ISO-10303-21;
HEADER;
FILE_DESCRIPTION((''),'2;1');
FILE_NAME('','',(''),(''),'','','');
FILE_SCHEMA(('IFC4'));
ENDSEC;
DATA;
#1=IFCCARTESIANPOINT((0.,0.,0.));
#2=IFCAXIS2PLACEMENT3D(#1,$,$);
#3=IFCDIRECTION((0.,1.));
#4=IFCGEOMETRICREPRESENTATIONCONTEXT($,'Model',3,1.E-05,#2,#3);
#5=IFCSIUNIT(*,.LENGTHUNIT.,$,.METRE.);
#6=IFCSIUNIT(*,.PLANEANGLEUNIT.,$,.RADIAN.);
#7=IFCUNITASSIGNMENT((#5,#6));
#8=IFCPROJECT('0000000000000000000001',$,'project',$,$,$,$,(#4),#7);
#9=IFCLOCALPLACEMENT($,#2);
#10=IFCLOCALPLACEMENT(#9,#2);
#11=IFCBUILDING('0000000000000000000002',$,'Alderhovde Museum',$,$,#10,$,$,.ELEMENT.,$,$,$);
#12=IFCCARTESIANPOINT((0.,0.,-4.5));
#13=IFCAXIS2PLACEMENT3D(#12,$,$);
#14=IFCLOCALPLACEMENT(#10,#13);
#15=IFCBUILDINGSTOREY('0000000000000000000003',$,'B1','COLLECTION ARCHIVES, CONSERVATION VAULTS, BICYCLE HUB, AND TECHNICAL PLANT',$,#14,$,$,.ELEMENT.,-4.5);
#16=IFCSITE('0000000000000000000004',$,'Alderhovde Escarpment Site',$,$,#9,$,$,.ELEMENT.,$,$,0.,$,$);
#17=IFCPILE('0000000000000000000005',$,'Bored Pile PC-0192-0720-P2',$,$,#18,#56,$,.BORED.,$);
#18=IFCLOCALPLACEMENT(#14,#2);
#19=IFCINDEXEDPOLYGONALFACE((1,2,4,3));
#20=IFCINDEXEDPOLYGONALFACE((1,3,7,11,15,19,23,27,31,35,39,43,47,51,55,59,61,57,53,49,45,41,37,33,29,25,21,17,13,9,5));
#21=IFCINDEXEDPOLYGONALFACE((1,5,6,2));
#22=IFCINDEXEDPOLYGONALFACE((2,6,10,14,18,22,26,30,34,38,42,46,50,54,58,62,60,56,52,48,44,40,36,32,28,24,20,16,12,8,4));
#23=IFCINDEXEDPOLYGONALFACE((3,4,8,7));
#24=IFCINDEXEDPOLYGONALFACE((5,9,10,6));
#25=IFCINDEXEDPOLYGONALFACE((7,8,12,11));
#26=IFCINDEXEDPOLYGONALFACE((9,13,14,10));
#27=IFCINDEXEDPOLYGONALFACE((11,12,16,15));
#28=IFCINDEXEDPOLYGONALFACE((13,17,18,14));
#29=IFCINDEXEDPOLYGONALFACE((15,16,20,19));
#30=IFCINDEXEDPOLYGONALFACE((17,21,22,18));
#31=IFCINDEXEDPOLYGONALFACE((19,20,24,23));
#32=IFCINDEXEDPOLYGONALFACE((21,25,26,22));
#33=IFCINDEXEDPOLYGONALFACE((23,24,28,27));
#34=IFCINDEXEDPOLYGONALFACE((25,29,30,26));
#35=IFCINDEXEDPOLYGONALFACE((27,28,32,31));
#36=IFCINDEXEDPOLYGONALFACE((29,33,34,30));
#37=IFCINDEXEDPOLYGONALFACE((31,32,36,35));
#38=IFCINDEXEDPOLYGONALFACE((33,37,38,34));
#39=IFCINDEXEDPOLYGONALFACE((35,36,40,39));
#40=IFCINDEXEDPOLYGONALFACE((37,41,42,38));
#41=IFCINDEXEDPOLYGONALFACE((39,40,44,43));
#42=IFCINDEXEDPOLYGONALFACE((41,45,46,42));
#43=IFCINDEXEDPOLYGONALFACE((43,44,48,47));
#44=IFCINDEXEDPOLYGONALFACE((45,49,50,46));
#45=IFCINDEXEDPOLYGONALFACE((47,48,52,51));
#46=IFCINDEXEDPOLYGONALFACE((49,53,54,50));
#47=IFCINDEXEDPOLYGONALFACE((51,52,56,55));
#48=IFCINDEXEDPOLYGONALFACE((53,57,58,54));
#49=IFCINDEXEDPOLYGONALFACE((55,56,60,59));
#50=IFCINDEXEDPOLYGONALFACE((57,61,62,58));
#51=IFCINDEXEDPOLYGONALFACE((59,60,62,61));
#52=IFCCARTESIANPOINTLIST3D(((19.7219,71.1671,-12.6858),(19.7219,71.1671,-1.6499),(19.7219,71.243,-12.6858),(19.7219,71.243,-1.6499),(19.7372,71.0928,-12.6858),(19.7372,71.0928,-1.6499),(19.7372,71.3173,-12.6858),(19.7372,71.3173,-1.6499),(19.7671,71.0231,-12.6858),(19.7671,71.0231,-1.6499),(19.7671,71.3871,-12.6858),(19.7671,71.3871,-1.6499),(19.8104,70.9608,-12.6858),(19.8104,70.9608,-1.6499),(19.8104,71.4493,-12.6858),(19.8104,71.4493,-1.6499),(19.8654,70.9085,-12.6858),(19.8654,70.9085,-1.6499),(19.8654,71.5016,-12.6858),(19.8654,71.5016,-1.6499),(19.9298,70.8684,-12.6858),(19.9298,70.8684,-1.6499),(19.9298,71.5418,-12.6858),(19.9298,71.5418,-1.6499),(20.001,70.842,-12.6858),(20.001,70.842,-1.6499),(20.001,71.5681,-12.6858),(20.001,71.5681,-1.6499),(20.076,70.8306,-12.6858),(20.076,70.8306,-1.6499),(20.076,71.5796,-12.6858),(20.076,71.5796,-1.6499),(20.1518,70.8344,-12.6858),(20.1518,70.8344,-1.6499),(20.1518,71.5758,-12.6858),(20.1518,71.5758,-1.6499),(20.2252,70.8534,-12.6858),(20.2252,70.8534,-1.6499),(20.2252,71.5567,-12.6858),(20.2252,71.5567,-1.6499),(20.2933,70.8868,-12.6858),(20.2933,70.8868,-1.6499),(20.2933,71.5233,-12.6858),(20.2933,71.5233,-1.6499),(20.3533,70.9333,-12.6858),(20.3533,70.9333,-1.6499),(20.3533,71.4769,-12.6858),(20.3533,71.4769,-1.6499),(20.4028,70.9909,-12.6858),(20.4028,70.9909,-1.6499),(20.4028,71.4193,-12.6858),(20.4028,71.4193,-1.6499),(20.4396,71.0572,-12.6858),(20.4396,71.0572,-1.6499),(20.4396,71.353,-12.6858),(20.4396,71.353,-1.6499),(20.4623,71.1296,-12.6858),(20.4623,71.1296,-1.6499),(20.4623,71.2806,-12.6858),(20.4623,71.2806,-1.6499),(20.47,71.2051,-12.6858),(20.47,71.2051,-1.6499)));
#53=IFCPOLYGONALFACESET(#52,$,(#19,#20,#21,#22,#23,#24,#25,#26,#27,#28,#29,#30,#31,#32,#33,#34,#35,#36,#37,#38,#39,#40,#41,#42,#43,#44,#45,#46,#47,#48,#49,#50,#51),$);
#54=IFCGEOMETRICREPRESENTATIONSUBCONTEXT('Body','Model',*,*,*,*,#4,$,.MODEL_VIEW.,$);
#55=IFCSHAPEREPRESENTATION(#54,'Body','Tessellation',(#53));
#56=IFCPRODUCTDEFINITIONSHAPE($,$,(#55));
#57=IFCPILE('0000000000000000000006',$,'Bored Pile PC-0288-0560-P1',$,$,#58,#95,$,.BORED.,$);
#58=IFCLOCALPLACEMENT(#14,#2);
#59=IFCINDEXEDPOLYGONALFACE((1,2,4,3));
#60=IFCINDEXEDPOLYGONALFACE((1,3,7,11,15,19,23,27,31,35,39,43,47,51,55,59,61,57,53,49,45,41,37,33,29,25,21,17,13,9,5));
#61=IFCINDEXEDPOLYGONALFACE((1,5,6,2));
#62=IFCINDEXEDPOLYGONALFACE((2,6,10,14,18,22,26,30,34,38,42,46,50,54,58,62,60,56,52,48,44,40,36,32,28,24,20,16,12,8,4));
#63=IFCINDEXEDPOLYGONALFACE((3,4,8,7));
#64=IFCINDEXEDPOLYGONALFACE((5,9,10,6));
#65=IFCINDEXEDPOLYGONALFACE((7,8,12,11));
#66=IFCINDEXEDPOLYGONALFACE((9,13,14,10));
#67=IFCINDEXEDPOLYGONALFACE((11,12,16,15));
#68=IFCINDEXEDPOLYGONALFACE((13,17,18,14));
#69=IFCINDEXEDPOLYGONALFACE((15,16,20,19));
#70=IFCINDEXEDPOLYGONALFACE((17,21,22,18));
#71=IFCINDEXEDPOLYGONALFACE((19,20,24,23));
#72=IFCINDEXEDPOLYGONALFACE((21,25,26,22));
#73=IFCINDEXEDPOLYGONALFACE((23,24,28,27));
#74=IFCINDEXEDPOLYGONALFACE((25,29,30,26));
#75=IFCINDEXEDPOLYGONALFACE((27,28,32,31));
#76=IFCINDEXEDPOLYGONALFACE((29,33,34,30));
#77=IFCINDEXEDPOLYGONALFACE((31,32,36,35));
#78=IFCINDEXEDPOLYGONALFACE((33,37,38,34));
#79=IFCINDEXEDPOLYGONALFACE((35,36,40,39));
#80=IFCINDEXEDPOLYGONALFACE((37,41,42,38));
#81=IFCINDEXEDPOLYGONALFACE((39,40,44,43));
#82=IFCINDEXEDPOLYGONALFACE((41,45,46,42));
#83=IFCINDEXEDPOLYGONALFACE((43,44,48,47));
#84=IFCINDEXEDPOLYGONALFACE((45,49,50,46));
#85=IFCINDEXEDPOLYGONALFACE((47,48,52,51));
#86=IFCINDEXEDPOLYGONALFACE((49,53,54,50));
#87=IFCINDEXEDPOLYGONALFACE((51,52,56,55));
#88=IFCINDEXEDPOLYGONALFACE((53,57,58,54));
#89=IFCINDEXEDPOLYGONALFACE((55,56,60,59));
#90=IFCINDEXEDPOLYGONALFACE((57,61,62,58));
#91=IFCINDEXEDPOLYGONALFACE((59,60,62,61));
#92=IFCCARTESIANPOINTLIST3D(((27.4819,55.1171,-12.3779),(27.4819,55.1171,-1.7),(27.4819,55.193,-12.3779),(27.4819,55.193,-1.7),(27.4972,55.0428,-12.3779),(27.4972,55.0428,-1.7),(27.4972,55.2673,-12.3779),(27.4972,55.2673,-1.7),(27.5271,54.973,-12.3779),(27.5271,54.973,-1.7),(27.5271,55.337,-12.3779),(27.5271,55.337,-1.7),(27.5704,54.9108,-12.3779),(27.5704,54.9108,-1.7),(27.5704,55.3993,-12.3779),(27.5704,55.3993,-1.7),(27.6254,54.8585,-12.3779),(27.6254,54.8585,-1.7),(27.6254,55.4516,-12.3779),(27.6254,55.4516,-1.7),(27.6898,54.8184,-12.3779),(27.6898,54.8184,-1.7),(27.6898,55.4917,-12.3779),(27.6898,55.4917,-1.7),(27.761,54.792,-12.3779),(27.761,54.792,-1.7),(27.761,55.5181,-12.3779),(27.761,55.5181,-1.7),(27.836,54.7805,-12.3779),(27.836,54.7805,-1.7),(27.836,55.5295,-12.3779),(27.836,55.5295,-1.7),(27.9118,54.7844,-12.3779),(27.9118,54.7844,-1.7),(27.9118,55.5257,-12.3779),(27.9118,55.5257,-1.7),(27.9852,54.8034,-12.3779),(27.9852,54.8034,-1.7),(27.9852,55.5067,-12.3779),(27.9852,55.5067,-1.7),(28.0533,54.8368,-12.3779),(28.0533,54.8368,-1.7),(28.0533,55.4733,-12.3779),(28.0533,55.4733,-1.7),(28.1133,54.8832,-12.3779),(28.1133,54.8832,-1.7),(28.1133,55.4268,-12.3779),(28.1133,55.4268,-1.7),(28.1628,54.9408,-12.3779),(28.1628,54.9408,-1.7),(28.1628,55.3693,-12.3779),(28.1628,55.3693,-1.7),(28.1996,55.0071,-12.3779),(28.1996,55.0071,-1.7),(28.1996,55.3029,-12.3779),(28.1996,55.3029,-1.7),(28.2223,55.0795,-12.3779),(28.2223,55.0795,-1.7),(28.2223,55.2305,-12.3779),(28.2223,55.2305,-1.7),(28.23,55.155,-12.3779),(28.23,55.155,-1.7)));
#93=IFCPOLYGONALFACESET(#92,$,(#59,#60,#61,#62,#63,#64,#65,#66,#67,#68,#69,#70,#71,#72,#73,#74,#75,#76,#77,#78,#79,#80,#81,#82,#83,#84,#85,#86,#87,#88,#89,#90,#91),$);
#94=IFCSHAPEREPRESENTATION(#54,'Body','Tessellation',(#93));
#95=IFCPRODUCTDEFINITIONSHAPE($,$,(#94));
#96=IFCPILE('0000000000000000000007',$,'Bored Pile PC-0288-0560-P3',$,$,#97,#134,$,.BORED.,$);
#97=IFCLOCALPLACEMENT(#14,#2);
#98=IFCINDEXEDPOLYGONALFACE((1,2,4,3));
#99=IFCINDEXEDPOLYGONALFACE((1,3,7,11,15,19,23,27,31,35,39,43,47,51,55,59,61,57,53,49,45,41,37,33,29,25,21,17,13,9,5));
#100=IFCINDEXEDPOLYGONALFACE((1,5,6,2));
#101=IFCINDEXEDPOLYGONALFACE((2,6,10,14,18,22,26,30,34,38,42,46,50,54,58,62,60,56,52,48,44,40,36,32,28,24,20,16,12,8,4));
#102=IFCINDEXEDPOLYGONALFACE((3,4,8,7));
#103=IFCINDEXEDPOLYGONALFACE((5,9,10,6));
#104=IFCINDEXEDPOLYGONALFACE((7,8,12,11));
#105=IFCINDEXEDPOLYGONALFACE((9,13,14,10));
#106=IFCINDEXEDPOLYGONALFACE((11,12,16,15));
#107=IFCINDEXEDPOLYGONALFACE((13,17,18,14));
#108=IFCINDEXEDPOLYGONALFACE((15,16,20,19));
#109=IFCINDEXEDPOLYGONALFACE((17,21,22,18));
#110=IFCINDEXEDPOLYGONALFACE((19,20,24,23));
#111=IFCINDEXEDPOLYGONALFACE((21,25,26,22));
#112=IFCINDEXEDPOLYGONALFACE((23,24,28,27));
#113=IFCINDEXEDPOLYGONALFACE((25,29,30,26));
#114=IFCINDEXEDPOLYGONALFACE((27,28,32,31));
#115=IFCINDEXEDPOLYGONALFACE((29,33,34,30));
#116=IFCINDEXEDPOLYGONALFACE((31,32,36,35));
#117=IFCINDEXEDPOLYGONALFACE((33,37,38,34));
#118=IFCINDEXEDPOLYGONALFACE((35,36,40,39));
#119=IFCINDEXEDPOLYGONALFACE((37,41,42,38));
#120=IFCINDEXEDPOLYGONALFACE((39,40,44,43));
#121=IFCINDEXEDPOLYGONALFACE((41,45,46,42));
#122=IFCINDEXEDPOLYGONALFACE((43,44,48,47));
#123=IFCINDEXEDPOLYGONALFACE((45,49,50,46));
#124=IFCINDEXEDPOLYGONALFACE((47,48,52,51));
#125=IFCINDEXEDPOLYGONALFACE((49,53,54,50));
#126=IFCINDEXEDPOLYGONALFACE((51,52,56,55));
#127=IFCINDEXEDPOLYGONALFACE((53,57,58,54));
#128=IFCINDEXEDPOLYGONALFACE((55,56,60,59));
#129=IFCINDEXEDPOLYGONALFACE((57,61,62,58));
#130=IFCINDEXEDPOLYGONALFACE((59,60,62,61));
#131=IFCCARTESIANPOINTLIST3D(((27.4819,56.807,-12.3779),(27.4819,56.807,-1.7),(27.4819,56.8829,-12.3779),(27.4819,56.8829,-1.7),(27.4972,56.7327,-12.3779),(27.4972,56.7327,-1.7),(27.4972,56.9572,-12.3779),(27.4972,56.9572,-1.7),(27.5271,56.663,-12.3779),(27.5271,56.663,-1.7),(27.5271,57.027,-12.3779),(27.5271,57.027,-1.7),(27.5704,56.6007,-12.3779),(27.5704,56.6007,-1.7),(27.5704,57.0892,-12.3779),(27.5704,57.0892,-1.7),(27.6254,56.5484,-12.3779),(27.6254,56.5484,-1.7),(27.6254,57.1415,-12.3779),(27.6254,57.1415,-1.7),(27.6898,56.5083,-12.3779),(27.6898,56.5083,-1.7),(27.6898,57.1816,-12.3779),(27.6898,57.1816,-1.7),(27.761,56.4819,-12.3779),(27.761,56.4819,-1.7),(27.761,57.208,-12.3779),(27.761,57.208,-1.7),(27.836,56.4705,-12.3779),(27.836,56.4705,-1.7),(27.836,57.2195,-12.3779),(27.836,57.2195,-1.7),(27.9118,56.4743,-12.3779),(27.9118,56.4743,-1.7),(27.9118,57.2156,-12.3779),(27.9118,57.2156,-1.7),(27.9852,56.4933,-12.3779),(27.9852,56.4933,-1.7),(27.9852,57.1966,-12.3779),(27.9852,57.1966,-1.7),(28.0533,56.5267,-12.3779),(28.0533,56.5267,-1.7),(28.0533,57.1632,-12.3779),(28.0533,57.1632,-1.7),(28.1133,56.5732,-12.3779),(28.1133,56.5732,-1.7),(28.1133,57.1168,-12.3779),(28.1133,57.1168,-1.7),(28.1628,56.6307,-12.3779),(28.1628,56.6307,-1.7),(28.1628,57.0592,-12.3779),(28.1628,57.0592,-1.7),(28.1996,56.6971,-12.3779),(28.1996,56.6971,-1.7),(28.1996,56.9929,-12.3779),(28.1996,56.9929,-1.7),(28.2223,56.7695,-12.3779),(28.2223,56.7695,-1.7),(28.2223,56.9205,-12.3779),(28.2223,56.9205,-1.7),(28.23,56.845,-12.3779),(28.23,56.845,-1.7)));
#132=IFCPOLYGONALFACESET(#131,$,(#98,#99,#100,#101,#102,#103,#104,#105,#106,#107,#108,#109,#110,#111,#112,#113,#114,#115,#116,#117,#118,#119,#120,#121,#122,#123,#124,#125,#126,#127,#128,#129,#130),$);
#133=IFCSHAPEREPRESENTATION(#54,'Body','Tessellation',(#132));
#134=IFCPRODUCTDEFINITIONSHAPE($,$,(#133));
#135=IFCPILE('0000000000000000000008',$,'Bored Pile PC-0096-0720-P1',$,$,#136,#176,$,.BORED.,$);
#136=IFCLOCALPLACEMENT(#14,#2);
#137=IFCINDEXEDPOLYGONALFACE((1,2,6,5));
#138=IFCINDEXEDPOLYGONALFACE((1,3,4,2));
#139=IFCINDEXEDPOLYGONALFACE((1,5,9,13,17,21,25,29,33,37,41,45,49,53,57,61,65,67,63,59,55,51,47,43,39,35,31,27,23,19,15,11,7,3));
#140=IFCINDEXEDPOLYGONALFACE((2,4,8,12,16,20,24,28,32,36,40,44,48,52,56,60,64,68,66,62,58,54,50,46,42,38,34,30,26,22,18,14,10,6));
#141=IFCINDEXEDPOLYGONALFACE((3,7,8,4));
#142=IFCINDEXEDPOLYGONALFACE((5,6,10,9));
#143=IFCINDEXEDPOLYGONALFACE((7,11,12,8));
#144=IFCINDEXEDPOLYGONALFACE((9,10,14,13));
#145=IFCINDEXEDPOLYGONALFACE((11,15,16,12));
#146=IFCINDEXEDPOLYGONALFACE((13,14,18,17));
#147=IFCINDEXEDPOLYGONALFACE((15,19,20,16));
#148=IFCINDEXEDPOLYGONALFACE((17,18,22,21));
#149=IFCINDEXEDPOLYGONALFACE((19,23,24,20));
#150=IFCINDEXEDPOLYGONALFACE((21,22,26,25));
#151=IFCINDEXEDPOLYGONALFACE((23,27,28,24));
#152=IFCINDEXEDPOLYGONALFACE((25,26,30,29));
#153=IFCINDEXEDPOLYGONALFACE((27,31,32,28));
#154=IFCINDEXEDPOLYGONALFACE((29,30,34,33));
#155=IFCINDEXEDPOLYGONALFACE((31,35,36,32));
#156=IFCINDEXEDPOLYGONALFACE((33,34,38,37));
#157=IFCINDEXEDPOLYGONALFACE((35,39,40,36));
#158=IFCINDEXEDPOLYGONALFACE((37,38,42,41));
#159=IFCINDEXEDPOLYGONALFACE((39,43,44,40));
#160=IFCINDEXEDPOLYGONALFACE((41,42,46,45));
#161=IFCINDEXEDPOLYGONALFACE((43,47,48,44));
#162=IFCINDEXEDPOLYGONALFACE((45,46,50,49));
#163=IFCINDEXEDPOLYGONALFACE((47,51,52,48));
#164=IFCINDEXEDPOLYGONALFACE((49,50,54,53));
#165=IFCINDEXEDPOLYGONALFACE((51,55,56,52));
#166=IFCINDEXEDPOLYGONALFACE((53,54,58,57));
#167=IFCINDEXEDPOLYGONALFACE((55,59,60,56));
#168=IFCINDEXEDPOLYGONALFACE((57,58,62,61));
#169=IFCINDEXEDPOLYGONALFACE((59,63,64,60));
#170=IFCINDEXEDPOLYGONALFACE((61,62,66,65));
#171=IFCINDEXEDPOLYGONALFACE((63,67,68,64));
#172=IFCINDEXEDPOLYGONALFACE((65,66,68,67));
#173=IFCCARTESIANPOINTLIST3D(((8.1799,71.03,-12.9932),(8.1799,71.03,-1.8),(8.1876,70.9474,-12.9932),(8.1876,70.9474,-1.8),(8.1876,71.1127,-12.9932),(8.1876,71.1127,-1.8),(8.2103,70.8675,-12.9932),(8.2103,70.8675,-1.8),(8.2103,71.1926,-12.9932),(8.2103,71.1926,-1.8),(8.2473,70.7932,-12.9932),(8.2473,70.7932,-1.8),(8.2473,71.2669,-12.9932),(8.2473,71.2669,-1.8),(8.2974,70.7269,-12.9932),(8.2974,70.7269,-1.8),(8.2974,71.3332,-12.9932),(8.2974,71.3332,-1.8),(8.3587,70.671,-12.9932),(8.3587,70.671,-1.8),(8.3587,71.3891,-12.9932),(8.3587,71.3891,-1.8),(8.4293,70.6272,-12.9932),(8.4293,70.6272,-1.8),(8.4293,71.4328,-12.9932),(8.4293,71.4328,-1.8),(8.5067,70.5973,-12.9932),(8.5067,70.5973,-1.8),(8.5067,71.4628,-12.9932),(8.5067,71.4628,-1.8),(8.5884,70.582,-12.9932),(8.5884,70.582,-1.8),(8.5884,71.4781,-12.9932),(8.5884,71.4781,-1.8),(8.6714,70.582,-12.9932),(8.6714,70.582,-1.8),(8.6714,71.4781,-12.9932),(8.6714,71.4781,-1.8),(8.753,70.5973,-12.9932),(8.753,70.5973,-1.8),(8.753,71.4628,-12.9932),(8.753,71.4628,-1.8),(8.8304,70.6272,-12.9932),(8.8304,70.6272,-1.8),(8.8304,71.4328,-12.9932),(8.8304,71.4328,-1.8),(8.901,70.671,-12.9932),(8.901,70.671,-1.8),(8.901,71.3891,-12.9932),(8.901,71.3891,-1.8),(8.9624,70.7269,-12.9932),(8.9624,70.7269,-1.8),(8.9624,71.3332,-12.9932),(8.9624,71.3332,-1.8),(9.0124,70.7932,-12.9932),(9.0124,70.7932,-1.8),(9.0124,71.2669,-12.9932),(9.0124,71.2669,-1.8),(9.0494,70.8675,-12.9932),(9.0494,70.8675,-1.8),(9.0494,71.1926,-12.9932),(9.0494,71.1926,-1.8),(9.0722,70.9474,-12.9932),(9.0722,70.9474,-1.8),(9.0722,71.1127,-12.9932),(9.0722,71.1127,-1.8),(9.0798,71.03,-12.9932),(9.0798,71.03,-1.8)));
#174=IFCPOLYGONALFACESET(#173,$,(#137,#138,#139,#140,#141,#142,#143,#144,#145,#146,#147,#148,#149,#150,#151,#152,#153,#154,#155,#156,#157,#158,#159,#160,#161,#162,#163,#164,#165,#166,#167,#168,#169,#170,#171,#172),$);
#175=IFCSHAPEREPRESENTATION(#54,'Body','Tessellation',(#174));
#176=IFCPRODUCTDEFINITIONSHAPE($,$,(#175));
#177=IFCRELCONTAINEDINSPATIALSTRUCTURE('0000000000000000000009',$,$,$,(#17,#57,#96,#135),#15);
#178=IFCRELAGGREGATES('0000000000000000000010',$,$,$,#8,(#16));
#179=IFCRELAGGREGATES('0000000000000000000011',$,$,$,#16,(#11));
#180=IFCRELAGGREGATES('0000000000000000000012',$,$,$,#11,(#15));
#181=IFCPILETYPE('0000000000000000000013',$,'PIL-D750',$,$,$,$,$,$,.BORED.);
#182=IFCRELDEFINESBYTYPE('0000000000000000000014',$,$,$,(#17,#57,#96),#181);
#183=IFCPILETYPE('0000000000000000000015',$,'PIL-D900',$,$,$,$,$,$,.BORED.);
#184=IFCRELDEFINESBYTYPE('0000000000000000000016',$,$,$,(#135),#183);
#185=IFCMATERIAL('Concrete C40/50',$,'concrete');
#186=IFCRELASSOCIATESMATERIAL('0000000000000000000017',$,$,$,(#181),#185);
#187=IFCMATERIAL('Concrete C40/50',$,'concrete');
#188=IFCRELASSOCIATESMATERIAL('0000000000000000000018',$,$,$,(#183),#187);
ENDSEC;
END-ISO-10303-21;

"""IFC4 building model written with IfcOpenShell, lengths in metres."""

from ifc_helpers import new_model, si_unit, direction, frame, origin, origin_2d, place, context, subcontext, project, spatial, circle, extrude, material, material_profile, profile_set, type_object, element, save


model = new_model("IFC4")

# Units and contexts
model_context = context("Model", 3, precision=1e-05, world=origin(), true_north=direction((0.0, 1.0)))
body_context = subcontext(model_context, "Body", "Model", "MODEL_VIEW")
ifc_project = project(units=[si_unit("LENGTHUNIT", "METRE"), si_unit("PLANEANGLEUNIT", "RADIAN")], contexts=[model_context])

# Site, building, storey
site_placement = place(None, origin())
site = spatial("IfcSite", under=ifc_project, at=site_placement, Name="Alderhovde Escarpment Site", CompositionType="ELEMENT", RefElevation=0.0)
building_placement = place(site_placement, origin())
building = spatial("IfcBuilding", under=site, at=building_placement, Name="Alderhovde Museum", CompositionType="ELEMENT")
storey_placement = place(building_placement, frame((0.0, 0.0, -4.5)))
storey = spatial("IfcBuildingStorey", under=building, at=storey_placement, Name="B1", Description="COLLECTION ARCHIVES, CONSERVATION VAULTS, BICYCLE HUB, AND TECHNICAL PLANT", CompositionType="ELEMENT", Elevation=-4.5)

# Piles
ifc_material_1 = material(Name="Concrete C40/50", Category="concrete")
ifc_material_profile_1 = material_profile(ifc_material_1, circle(Radius=0.375, at=origin_2d()), Name="PILE-D750")
ifc_profile_set_1 = profile_set([ifc_material_profile_1], Name="Concrete C40/50")
pile_type_1 = type_object("IfcPileType", Name="PIL-D750", PredefinedType="BORED", material=ifc_profile_set_1)
for number, where, z_axis, x_axis, name in (
    (1, (20.095, 71.2051, -1.6499), (0.0, 0.0, -1.0), (1.0, 0.0, 0.0), "Bored Pile PC-0192-0720-P2"),
):
    element("IfcPile", number, at=place(storey_placement, frame(where, z_axis=z_axis, x_axis=x_axis)), inside=storey, type_object=pile_type_1, Name=name, PredefinedType="BORED", context=body_context, shape_type="SweptSolid", body=[
        extrude(circle(Radius=0.375, at=origin_2d()), origin(), (0.0, 0.0, 1.0), 11.0359),
    ])
for number, where, z_axis, x_axis, name in (
    (2, (27.855, 55.155, -1.7), (0.0, 0.0, -1.0), (1.0, 0.0, 0.0), "Bored Pile PC-0288-0560-P1"),
    (3, (27.855, 56.845, -1.7), (0.0, 0.0, -1.0), (1.0, 0.0, 0.0), "Bored Pile PC-0288-0560-P3"),
):
    element("IfcPile", number, at=place(storey_placement, frame(where, z_axis=z_axis, x_axis=x_axis)), inside=storey, type_object=pile_type_1, Name=name, PredefinedType="BORED", context=body_context, shape_type="SweptSolid", body=[
        extrude(circle(Radius=0.375, at=origin_2d()), origin(), (0.0, 0.0, 1.0), 10.678),
    ])
ifc_material_2 = material(Name="Concrete C40/50", Category="concrete")
ifc_material_profile_2 = material_profile(ifc_material_2, circle(Radius=0.45, at=origin_2d()), Name="PILE-D900")
ifc_profile_set_2 = profile_set([ifc_material_profile_2], Name="Concrete C40/50")
pile_type_2 = type_object("IfcPileType", Name="PIL-D900", PredefinedType="BORED", material=ifc_profile_set_2)
for number, where, z_axis, x_axis, name in (
    (4, (8.6299, 71.03, -1.8), (0.0, 0.0, -1.0), (1.0, 0.0, 0.0), "Bored Pile PC-0096-0720-P1"),
):
    element("IfcPile", number, at=place(storey_placement, frame(where, z_axis=z_axis, x_axis=x_axis)), inside=storey, type_object=pile_type_2, Name=name, PredefinedType="BORED", context=body_context, shape_type="SweptSolid", body=[
        extrude(circle(Radius=0.45, at=origin_2d()), origin(), (0.0, 0.0, 1.0), 11.1931),
    ])

save(model, "model.ifc")
